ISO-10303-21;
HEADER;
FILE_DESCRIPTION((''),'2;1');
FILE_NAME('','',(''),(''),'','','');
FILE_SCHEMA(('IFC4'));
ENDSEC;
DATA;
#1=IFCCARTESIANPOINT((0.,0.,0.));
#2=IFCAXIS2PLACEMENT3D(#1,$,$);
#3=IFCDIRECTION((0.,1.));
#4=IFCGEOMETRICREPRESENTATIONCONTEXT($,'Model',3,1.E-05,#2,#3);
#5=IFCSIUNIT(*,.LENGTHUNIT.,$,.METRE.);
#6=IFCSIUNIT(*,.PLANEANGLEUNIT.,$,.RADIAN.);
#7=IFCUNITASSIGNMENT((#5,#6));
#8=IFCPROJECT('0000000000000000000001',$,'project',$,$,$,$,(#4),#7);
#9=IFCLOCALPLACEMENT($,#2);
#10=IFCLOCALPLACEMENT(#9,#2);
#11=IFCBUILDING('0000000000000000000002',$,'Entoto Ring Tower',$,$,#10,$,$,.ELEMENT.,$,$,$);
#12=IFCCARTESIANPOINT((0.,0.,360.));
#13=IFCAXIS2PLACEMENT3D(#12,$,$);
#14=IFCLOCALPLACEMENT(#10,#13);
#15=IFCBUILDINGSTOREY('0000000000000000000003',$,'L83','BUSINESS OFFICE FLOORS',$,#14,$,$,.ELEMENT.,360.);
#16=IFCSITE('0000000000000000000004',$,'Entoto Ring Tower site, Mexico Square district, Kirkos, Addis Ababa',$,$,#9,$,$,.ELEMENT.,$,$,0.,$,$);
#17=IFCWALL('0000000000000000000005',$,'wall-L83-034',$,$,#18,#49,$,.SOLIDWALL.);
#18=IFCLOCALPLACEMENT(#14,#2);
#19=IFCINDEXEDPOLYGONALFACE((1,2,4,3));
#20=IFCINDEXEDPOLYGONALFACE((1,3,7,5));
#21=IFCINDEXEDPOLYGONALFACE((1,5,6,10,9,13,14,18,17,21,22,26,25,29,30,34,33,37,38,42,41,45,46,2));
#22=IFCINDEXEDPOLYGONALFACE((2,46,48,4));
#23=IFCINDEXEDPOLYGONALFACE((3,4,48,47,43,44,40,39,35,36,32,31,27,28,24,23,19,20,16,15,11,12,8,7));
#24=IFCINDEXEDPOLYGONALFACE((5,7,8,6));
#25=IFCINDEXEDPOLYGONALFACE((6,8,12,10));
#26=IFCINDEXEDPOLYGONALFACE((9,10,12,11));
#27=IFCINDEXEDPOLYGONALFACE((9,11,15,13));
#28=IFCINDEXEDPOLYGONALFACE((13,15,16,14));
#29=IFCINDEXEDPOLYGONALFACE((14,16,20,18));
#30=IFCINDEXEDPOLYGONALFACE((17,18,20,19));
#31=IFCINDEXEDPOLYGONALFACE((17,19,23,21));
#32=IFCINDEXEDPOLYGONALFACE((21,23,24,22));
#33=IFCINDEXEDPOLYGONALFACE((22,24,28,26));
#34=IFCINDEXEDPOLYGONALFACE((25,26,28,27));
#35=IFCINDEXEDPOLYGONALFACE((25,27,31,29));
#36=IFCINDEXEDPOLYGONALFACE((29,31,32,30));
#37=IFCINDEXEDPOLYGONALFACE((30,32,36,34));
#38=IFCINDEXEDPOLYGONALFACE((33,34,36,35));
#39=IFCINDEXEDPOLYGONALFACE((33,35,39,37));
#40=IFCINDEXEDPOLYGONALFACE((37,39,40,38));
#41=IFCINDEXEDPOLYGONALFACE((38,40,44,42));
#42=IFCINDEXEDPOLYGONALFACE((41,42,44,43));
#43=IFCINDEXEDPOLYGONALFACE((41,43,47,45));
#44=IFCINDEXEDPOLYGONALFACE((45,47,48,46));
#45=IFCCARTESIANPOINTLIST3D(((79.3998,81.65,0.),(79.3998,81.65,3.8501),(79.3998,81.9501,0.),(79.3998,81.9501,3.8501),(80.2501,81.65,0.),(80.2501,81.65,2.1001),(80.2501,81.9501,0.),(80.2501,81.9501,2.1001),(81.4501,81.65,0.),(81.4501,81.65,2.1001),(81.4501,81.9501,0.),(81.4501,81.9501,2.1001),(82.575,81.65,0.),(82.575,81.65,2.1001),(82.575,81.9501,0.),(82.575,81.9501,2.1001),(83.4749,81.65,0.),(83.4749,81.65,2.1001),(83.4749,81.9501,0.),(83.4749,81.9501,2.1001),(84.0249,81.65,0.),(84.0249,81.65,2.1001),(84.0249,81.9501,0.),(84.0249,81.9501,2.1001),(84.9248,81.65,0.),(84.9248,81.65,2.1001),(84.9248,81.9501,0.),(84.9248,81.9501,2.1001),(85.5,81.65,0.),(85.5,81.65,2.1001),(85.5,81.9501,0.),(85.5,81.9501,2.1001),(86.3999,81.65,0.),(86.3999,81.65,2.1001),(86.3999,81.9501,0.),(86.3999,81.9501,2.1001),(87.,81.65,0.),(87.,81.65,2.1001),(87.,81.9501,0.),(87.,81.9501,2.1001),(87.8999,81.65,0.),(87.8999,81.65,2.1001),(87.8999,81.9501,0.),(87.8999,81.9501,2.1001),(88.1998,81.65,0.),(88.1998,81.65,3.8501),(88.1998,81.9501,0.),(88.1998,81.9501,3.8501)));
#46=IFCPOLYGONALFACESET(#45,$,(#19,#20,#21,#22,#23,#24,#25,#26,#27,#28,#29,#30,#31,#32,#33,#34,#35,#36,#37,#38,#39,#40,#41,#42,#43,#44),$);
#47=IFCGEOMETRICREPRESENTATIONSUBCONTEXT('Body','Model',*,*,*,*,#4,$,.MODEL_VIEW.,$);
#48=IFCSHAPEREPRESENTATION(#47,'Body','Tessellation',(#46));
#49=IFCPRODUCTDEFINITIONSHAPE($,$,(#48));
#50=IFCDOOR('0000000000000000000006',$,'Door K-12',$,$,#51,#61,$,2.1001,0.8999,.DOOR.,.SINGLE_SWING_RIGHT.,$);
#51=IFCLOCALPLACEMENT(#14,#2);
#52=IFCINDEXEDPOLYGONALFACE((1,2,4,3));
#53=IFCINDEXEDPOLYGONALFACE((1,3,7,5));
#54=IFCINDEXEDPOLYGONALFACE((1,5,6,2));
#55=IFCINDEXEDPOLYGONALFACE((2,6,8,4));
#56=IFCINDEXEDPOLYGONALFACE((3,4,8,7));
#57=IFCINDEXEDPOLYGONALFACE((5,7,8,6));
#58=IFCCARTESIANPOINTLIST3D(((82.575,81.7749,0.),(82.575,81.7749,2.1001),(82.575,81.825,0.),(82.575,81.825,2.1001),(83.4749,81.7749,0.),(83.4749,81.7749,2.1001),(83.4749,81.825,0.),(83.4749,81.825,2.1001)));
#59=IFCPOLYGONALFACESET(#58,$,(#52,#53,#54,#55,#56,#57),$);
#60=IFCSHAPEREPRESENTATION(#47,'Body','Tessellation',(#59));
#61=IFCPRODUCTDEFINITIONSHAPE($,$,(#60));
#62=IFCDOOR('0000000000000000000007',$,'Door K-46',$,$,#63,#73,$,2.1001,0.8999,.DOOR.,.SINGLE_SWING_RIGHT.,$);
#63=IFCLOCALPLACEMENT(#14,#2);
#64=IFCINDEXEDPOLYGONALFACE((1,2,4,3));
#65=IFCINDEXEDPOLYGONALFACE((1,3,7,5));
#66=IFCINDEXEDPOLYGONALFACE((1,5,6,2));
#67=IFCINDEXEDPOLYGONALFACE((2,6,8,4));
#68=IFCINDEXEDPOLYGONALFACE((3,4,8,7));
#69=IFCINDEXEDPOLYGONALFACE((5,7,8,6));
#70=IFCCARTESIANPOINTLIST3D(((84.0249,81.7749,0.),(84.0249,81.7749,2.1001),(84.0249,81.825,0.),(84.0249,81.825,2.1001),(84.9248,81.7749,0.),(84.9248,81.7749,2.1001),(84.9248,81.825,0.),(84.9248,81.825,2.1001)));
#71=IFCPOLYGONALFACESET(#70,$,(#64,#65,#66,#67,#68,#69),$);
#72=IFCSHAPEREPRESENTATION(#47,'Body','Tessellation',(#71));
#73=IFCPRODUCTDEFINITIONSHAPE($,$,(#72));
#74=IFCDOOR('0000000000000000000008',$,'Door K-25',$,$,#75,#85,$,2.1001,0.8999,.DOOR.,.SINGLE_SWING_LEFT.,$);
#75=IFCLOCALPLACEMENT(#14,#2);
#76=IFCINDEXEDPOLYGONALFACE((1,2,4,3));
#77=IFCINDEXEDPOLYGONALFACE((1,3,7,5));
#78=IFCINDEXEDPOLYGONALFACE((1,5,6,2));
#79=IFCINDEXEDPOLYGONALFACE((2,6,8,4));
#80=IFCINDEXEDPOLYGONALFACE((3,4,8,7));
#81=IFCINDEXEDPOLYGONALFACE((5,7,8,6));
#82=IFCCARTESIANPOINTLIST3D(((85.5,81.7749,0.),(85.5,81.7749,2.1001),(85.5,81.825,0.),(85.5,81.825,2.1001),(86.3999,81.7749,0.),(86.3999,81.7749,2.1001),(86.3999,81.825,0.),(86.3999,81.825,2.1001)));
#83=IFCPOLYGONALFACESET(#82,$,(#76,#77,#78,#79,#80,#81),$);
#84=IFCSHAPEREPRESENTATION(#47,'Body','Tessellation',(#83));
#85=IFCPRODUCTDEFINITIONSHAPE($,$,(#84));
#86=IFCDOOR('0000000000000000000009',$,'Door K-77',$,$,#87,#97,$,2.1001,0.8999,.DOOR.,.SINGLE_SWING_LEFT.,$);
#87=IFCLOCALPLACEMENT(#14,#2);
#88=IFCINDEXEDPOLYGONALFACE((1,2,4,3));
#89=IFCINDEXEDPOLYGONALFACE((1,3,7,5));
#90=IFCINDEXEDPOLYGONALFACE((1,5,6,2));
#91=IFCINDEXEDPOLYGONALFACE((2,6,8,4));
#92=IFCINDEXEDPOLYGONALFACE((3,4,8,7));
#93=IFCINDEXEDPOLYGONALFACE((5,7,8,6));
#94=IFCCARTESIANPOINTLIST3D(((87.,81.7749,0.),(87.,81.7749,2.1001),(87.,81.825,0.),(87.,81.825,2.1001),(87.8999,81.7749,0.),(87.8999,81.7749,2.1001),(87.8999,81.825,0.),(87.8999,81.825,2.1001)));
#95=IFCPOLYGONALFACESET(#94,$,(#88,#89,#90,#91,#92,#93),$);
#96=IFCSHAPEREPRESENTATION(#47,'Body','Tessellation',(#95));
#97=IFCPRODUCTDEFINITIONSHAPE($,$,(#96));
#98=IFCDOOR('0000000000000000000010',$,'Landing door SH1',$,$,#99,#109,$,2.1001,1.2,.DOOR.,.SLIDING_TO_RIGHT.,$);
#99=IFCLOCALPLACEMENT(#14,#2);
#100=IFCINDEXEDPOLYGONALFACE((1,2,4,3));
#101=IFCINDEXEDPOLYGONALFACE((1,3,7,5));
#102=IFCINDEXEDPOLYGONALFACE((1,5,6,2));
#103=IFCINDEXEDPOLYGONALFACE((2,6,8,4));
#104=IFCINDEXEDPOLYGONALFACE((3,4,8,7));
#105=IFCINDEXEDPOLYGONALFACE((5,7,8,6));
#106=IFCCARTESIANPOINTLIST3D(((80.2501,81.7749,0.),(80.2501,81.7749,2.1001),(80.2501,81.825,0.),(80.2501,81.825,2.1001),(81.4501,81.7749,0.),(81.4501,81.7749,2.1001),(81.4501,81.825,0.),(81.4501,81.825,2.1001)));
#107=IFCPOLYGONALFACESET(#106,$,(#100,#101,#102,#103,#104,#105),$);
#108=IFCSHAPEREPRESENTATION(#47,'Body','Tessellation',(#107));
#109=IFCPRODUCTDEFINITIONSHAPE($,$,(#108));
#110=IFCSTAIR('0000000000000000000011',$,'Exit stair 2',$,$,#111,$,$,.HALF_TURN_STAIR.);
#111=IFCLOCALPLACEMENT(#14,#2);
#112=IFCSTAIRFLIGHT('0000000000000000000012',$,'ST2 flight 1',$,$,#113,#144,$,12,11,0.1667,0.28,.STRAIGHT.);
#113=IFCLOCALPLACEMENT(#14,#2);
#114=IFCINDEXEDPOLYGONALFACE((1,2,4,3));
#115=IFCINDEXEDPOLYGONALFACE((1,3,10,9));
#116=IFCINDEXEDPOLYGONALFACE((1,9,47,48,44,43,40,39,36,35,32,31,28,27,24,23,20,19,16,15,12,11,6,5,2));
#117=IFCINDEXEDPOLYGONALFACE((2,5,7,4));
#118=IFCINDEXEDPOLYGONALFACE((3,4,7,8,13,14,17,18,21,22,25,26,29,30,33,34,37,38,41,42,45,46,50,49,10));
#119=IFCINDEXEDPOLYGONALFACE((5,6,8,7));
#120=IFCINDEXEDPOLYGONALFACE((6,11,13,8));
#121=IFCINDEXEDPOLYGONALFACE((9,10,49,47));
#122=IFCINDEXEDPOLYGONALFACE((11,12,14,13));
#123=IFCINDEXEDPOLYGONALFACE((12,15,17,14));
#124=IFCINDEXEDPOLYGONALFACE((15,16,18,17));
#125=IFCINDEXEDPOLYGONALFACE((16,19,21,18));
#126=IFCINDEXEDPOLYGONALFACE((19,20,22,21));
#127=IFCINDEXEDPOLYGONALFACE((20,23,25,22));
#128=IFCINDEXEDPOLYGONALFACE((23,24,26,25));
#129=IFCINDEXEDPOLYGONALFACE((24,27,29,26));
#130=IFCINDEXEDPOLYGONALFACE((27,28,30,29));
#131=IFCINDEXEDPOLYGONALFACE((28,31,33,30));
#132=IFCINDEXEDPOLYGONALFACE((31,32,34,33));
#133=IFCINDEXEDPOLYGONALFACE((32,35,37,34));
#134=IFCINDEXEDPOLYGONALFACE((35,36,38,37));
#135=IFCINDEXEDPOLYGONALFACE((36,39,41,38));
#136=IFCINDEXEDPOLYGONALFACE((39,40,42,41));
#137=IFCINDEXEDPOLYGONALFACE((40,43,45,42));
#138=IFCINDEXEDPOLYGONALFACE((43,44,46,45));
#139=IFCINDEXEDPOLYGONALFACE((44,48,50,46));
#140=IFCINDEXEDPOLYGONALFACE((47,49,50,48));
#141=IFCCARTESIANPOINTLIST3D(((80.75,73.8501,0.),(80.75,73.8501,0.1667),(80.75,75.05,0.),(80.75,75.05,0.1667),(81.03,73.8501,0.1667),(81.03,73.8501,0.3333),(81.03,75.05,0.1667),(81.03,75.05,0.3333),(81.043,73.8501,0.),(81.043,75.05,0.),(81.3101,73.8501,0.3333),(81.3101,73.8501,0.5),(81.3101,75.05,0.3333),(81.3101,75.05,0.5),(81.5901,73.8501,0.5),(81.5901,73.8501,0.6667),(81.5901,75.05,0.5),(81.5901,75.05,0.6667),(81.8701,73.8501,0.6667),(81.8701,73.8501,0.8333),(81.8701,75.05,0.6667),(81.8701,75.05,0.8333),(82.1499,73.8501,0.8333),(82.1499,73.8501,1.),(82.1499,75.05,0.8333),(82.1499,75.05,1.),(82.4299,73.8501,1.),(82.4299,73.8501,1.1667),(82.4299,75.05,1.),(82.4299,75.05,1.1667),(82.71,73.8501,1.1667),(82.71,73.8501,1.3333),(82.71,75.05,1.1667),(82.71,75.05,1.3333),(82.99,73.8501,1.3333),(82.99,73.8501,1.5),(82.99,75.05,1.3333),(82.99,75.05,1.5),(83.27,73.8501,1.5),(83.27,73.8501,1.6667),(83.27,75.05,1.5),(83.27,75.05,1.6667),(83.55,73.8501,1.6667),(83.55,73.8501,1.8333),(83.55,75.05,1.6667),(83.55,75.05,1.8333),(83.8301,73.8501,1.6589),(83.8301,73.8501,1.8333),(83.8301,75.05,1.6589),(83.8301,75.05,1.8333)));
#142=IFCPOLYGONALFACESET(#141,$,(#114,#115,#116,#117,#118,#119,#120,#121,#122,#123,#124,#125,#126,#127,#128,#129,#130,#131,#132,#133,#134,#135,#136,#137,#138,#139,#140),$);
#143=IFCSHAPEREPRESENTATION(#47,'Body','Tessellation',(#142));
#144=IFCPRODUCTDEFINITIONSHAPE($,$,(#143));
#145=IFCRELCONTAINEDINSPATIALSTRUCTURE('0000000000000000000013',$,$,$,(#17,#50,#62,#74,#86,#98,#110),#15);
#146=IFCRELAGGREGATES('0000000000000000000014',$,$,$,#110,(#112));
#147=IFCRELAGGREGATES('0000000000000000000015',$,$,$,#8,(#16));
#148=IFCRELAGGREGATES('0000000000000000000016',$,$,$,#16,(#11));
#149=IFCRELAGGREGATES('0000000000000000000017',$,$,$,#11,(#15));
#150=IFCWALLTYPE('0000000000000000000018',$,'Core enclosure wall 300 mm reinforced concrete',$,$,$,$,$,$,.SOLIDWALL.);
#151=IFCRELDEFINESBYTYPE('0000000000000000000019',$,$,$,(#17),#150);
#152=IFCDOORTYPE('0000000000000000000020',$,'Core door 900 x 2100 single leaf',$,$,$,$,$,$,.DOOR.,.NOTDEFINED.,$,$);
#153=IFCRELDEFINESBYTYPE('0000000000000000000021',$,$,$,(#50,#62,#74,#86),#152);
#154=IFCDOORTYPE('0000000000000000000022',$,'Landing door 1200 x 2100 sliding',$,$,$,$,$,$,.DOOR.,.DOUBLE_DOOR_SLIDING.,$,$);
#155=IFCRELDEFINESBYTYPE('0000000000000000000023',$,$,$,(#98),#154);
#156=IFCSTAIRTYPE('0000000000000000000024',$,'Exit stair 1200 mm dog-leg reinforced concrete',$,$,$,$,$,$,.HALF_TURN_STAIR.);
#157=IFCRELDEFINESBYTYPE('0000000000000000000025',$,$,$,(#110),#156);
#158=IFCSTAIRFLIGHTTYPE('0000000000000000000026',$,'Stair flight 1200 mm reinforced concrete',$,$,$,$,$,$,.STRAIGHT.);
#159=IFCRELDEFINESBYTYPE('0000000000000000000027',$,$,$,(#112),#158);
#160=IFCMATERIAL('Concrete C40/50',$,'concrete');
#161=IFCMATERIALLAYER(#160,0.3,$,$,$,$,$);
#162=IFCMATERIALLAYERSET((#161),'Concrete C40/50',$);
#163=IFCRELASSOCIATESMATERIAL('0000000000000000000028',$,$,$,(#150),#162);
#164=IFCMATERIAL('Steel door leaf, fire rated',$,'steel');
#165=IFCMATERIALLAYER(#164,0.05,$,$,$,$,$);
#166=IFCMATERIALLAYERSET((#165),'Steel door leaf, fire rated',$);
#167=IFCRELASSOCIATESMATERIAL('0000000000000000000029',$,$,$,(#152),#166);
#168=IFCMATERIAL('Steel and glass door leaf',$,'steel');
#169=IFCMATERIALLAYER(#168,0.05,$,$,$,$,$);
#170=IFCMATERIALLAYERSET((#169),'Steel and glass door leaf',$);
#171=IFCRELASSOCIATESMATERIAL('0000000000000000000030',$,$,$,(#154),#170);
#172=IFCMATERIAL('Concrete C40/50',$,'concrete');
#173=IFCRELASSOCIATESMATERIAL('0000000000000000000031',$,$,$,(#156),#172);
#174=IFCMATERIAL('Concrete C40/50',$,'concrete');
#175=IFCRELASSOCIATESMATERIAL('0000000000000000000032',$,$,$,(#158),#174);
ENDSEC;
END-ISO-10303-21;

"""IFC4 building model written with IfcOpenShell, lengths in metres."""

from ifc_helpers import new_model, si_unit, direction, frame, frame_2d, origin, place, context, subcontext, project, spatial, polyline, rectangle, outline, extrude, material, layer, layer_set, type_object, element, fill, aggregate, save


model = new_model("IFC4")

# Units and contexts
model_context = context("Model", 3, precision=1e-05, world=origin(), true_north=direction((0.0, 1.0)))
body_context = subcontext(model_context, "Body", "Model", "MODEL_VIEW")
ifc_project = project(units=[si_unit("LENGTHUNIT", "METRE"), si_unit("PLANEANGLEUNIT", "RADIAN")], contexts=[model_context])

# Site, building, storey
site_placement = place(None, origin())
site = spatial("IfcSite", under=ifc_project, at=site_placement, Name="Entoto Ring Tower site, Mexico Square district, Kirkos, Addis Ababa", CompositionType="ELEMENT", RefElevation=0.0)
building_placement = place(site_placement, origin())
building = spatial("IfcBuilding", under=site, at=building_placement, Name="Entoto Ring Tower", CompositionType="ELEMENT")
storey_placement = place(building_placement, frame((0.0, 0.0, 360.0)))
storey = spatial("IfcBuildingStorey", under=building, at=storey_placement, Name="L83", Description="BUSINESS OFFICE FLOORS", CompositionType="ELEMENT", Elevation=360.0)

# Shared definitions
ifc_material_1 = material(Name="Concrete C40/50", Category="concrete")
ifc_layer_1 = layer(ifc_material_1, 0.3)
ifc_layer_set_1 = layer_set([ifc_layer_1], Name="Concrete C40/50")
wall_type = type_object("IfcWallType", Name="Core enclosure wall 300 mm reinforced concrete", PredefinedType="SOLIDWALL", material=ifc_layer_set_1)

# Wall, openings, doors
ifc_material_2 = material(Name="Steel door leaf, fire rated", Category="steel")
ifc_layer_2 = layer(ifc_material_2, 0.05)
ifc_layer_set_2 = layer_set([ifc_layer_2], Name="Steel door leaf, fire rated")
door_type_1 = type_object("IfcDoorType", Name="Core door 900 x 2100 single leaf", OperationType="NOTDEFINED", PredefinedType="DOOR", material=ifc_layer_set_2)
ifc_material_3 = material(Name="Steel and glass door leaf", Category="steel")
ifc_layer_3 = layer(ifc_material_3, 0.05)
ifc_layer_set_3 = layer_set([ifc_layer_3], Name="Steel and glass door leaf")
door_type_2 = type_object("IfcDoorType", Name="Landing door 1200 x 2100 sliding", OperationType="DOUBLE_DOOR_SLIDING", PredefinedType="DOOR", material=ifc_layer_set_3)
wall_1_placement = place(storey_placement, frame((79.3999, 81.8, 0.0), z_axis=(0.0, 0.0, 1.0), x_axis=(1.0, 0.0, 0.0)))
wall_1 = element("IfcWall", 1, at=wall_1_placement, inside=storey, type_object=wall_type, Name="wall-L83-034", PredefinedType="SOLIDWALL", context=body_context, shape_type="SweptSolid", body=[
    extrude(rectangle(XDim=8.8, YDim=0.3, at=frame_2d((4.3999, 0.0))), origin(), (0.0, 0.0, 1.0), 3.8501),
])
opening_1_placement = place(wall_1_placement, frame((0.8501, 0.0, 0.0)))
opening_1 = element("IfcOpeningElement", 2, at=opening_1_placement, cuts=wall_1, PredefinedType="OPENING", context=body_context, shape_type="SweptSolid", body=[
    extrude(rectangle(XDim=1.2, YDim=2.1001, at=frame_2d((0.6001, 1.05))), frame((0.0, 0.1602, 0.0), z_axis=(0.0, -1.0, 0.0), x_axis=(1.0, 0.0, 0.0)), (0.0, 0.0, 1.0), 0.3201),
])
opening_2_placement = place(wall_1_placement, frame((3.175, 0.0, 0.0)))
opening_2 = element("IfcOpeningElement", 3, at=opening_2_placement, cuts=wall_1, PredefinedType="OPENING", context=body_context, shape_type="SweptSolid", body=[
    extrude(rectangle(XDim=0.8999, YDim=2.1001, at=frame_2d((0.45, 1.05))), frame((0.0, 0.1602, 0.0), z_axis=(0.0, -1.0, 0.0), x_axis=(1.0, 0.0, 0.0)), (0.0, 0.0, 1.0), 0.3201),
])
opening_3_placement = place(wall_1_placement, frame((4.625, 0.0, 0.0)))
opening_3 = element("IfcOpeningElement", 4, at=opening_3_placement, cuts=wall_1, PredefinedType="OPENING", context=body_context, shape_type="SweptSolid", body=[
    extrude(rectangle(XDim=0.8999, YDim=2.1001, at=frame_2d((0.45, 1.05))), frame((0.0, 0.1602, 0.0), z_axis=(0.0, -1.0, 0.0), x_axis=(1.0, 0.0, 0.0)), (0.0, 0.0, 1.0), 0.3201),
])
opening_4_placement = place(wall_1_placement, frame((6.1001, 0.0, 0.0)))
opening_4 = element("IfcOpeningElement", 5, at=opening_4_placement, cuts=wall_1, PredefinedType="OPENING", context=body_context, shape_type="SweptSolid", body=[
    extrude(rectangle(XDim=0.8999, YDim=2.1001, at=frame_2d((0.45, 1.05))), frame((0.0, 0.1602, 0.0), z_axis=(0.0, -1.0, 0.0), x_axis=(1.0, 0.0, 0.0)), (0.0, 0.0, 1.0), 0.3201),
])
opening_5_placement = place(wall_1_placement, frame((7.6001, 0.0, 0.0)))
opening_5 = element("IfcOpeningElement", 6, at=opening_5_placement, cuts=wall_1, PredefinedType="OPENING", context=body_context, shape_type="SweptSolid", body=[
    extrude(rectangle(XDim=0.8999, YDim=2.1001, at=frame_2d((0.45, 1.05))), frame((0.0, 0.1602, 0.0), z_axis=(0.0, -1.0, 0.0), x_axis=(1.0, 0.0, 0.0)), (0.0, 0.0, 1.0), 0.3201),
])
door_1_placement = place(opening_2_placement, origin())
door_1 = element("IfcDoor", 7, at=door_1_placement, inside=storey, type_object=door_type_1, Name="Door K-12", OperationType="SINGLE_SWING_RIGHT", OverallHeight=2.1001, OverallWidth=0.8999, PredefinedType="DOOR", context=body_context, shape_type="SweptSolid", body=[
    extrude(rectangle(XDim=0.8999, YDim=2.1001, at=frame_2d((0.45, 1.05))), frame((0.0, 0.0249, 0.0), z_axis=(0.0, -1.0, 0.0), x_axis=(1.0, 0.0, 0.0)), (0.0, 0.0, 1.0), 0.05),
])
fill(opening_2, door_1)
door_2_placement = place(opening_3_placement, origin())
door_2 = element("IfcDoor", 8, at=door_2_placement, inside=storey, type_object=door_type_1, Name="Door K-46", OperationType="SINGLE_SWING_RIGHT", OverallHeight=2.1001, OverallWidth=0.8999, PredefinedType="DOOR", context=body_context, shape_type="SweptSolid", body=[
    extrude(rectangle(XDim=0.8999, YDim=2.1001, at=frame_2d((0.45, 1.05))), frame((0.0, 0.0249, 0.0), z_axis=(0.0, -1.0, 0.0), x_axis=(1.0, 0.0, 0.0)), (0.0, 0.0, 1.0), 0.05),
])
fill(opening_3, door_2)
door_3_placement = place(opening_4_placement, origin())
door_3 = element("IfcDoor", 9, at=door_3_placement, inside=storey, type_object=door_type_1, Name="Door K-25", OperationType="SINGLE_SWING_LEFT", OverallHeight=2.1001, OverallWidth=0.8999, PredefinedType="DOOR", context=body_context, shape_type="SweptSolid", body=[
    extrude(rectangle(XDim=0.8999, YDim=2.1001, at=frame_2d((0.45, 1.05))), frame((0.0, 0.0249, 0.0), z_axis=(0.0, -1.0, 0.0), x_axis=(1.0, 0.0, 0.0)), (0.0, 0.0, 1.0), 0.05),
])
fill(opening_4, door_3)
door_4_placement = place(opening_5_placement, origin())
door_4 = element("IfcDoor", 10, at=door_4_placement, inside=storey, type_object=door_type_1, Name="Door K-77", OperationType="SINGLE_SWING_LEFT", OverallHeight=2.1001, OverallWidth=0.8999, PredefinedType="DOOR", context=body_context, shape_type="SweptSolid", body=[
    extrude(rectangle(XDim=0.8999, YDim=2.1001, at=frame_2d((0.45, 1.05))), frame((0.0, 0.0249, 0.0), z_axis=(0.0, -1.0, 0.0), x_axis=(1.0, 0.0, 0.0)), (0.0, 0.0, 1.0), 0.05),
])
fill(opening_5, door_4)
door_5_placement = place(opening_1_placement, origin())
door_5 = element("IfcDoor", 11, at=door_5_placement, inside=storey, type_object=door_type_2, Name="Landing door SH1", OperationType="SLIDING_TO_RIGHT", OverallHeight=2.1001, OverallWidth=1.2, PredefinedType="DOOR", context=body_context, shape_type="SweptSolid", body=[
    extrude(rectangle(XDim=1.2, YDim=2.1001, at=frame_2d((0.6001, 1.05))), frame((0.0, 0.0249, 0.0), z_axis=(0.0, -1.0, 0.0), x_axis=(1.0, 0.0, 0.0)), (0.0, 0.0, 1.0), 0.05),
])
fill(opening_1, door_5)

# Stair, stair flight
ifc_material_4 = material(Name="Concrete C40/50", Category="concrete")
stair_type = type_object("IfcStairType", Name="Exit stair 1200 mm dog-leg reinforced concrete", PredefinedType="HALF_TURN_STAIR", material=ifc_material_4)
stair_placement = place(storey_placement, origin())
stair = element("IfcStair", 12, at=stair_placement, inside=storey, type_object=stair_type, Name="Exit stair 2", PredefinedType="HALF_TURN_STAIR")
ifc_material_5 = material(Name="Concrete C40/50", Category="concrete")
stair_flight_type = type_object("IfcStairFlightType", Name="Stair flight 1200 mm reinforced concrete", PredefinedType="STRAIGHT", material=ifc_material_5)
stair_flight_1_placement = place(storey_placement, frame((80.75, 74.45, 0.0), z_axis=(0.0, 0.0, 1.0), x_axis=(1.0, 0.0, 0.0)))
stair_flight_1 = element("IfcStairFlight", 13, at=stair_flight_1_placement, type_object=stair_flight_type, Name="ST2 flight 1", NumberOfRisers=12, NumberOfTreads=11, PredefinedType="STRAIGHT", RiserHeight=0.1667, TreadLength=0.28, context=body_context, shape_type="SweptSolid", body=[
    extrude(outline(polyline([(0.0, 0.0), (0.0, 0.1667), (0.28, 0.1667), (0.28, 0.3333), (0.5601, 0.3333), (0.5601, 0.5), (0.8401, 0.5), (0.8401, 0.6667), (1.1201, 0.6667), (1.1201, 0.8333), (1.3999, 0.8333), (1.3999, 1.0), (1.6799, 1.0), (1.6799, 1.1667), (1.96, 1.1667), (1.96, 1.3333), (2.24, 1.3333), (2.24, 1.5), (2.52, 1.5), (2.52, 1.6667), (2.8, 1.6667), (2.8, 1.8333), (3.0801, 1.8333), (3.0801, 2.0), (3.0801, 1.6589), (0.293, 0.0), (0.0, 0.0)])), frame((0.0, 0.6001, 0.0), z_axis=(0.0, -1.0, 0.0), x_axis=(1.0, 0.0, 0.0)), (0.0, 0.0, 1.0), 1.2),
])
aggregate(stair, [stair_flight_1])

save(model, "model.ifc")
